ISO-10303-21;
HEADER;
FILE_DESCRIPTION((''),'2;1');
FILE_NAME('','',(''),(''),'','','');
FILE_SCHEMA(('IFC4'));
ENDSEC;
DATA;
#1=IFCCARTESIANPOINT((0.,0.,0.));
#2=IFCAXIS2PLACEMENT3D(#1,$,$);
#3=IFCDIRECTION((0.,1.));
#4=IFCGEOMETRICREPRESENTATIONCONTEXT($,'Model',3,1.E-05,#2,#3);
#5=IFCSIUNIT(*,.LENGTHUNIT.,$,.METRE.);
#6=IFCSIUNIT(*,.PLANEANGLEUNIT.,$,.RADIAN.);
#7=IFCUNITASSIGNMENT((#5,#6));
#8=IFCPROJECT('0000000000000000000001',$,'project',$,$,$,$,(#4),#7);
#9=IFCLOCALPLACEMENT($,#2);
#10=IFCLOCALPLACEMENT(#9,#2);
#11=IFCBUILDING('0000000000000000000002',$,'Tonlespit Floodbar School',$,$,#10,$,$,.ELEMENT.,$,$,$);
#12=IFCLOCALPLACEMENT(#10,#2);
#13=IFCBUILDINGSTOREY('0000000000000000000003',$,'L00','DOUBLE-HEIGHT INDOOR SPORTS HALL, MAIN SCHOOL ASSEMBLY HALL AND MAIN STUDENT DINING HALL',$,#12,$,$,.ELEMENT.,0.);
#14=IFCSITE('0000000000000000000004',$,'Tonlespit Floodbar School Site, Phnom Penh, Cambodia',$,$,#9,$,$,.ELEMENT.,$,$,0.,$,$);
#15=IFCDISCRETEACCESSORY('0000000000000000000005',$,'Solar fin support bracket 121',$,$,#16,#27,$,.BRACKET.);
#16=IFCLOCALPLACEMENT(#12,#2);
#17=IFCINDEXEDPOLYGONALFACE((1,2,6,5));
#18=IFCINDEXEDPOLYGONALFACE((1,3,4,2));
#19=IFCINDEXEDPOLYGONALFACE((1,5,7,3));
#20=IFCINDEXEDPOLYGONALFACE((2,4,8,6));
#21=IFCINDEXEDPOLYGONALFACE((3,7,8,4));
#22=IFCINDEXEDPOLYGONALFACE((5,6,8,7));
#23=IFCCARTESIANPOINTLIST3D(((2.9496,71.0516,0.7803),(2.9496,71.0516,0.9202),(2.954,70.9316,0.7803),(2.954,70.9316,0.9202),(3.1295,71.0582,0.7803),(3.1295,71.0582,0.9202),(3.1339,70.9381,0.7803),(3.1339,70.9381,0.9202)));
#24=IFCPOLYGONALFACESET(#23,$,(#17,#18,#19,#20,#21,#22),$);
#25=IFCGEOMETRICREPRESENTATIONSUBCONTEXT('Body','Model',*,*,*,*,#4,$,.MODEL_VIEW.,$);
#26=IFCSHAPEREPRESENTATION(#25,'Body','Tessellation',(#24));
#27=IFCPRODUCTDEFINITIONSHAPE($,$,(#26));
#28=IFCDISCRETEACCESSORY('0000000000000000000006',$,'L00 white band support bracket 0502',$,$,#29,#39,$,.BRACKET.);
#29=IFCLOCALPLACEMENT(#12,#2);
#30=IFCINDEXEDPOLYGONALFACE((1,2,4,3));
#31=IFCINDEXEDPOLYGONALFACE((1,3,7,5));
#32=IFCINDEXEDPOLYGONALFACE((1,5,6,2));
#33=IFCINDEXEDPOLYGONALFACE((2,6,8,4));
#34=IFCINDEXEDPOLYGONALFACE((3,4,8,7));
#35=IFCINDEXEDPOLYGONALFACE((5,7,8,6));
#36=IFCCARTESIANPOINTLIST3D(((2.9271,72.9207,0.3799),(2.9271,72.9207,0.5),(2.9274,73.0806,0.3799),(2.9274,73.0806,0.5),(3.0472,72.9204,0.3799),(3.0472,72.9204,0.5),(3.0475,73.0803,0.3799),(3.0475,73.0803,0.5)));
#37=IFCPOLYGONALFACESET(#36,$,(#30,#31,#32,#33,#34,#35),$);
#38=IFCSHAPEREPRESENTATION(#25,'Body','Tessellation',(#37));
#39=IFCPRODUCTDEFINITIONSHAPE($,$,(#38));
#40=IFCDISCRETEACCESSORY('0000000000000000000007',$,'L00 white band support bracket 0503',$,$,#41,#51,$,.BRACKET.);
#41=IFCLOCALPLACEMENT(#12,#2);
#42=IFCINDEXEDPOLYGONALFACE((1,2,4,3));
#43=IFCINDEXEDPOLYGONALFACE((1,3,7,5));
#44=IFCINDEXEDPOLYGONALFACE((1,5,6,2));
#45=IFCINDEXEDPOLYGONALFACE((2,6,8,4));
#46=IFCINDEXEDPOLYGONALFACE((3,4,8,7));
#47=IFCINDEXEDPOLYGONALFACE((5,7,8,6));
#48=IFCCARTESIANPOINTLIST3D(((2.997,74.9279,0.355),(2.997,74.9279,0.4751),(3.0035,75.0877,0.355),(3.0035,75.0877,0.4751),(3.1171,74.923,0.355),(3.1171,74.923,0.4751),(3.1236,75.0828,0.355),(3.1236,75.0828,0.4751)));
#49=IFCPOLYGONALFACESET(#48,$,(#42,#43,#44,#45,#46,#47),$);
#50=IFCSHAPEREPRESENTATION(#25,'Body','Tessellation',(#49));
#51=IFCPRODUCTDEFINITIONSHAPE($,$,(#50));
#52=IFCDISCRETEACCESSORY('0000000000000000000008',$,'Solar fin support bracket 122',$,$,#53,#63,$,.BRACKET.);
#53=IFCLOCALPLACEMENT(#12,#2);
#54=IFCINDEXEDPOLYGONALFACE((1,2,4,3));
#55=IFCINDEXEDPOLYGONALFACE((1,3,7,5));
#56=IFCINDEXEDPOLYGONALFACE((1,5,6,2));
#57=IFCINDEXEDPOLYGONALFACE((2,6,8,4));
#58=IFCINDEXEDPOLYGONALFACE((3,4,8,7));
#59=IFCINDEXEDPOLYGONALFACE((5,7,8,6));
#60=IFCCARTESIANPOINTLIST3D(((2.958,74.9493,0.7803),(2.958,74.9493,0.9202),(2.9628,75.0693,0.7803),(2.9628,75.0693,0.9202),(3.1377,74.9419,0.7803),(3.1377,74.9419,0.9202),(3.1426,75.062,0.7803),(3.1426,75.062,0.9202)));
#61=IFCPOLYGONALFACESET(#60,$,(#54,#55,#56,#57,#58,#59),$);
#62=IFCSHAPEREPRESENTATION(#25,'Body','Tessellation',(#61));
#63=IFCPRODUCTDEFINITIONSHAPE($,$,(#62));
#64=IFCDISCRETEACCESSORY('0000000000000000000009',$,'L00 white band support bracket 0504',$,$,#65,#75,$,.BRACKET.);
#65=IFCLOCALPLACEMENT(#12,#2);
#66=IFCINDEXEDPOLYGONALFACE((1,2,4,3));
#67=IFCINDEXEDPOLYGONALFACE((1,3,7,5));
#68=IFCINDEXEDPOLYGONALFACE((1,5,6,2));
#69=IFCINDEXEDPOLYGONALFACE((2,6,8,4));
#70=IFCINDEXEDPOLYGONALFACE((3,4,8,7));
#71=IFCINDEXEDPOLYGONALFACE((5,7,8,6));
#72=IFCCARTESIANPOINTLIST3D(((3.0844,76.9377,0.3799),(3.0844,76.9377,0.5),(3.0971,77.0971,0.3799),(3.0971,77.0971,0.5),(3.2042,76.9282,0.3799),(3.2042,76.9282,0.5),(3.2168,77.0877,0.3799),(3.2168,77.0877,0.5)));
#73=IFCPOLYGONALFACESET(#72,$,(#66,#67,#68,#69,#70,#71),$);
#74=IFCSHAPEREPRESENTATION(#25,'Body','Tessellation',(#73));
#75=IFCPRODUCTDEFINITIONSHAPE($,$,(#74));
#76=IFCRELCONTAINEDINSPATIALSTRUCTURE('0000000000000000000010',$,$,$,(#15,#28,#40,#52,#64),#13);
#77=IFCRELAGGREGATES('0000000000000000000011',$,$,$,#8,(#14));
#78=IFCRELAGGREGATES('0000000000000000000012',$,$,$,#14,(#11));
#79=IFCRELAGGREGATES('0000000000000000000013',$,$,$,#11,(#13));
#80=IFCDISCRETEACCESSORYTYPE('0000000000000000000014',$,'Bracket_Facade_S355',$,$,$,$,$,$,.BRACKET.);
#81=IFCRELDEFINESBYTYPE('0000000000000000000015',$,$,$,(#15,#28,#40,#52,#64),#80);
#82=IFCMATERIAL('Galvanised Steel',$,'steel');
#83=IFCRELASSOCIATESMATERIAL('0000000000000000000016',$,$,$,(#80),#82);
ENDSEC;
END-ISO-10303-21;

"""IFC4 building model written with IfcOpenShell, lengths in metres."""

from ifc_helpers import new_model, si_unit, direction, frame, origin, origin_2d, place, context, subcontext, project, spatial, rectangle, extrude, material, type_object, element, save


model = new_model("IFC4")

# Units and contexts
model_context = context("Model", 3, precision=1e-05, world=origin(), true_north=direction((0.0, 1.0)))
body_context = subcontext(model_context, "Body", "Model", "MODEL_VIEW")
ifc_project = project(units=[si_unit("LENGTHUNIT", "METRE"), si_unit("PLANEANGLEUNIT", "RADIAN")], contexts=[model_context])

# Site, building, storey
site_placement = place(None, origin())
site = spatial("IfcSite", under=ifc_project, at=site_placement, Name="Tonlespit Floodbar School Site, Phnom Penh, Cambodia", CompositionType="ELEMENT", RefElevation=0.0)
building_placement = place(site_placement, origin())
building = spatial("IfcBuilding", under=site, at=building_placement, Name="Tonlespit Floodbar School", CompositionType="ELEMENT")
storey_placement = place(building_placement, origin())
storey = spatial("IfcBuildingStorey", under=building, at=storey_placement, Name="L00", Description="DOUBLE-HEIGHT INDOOR SPORTS HALL, MAIN SCHOOL ASSEMBLY HALL AND MAIN STUDENT DINING HALL", CompositionType="ELEMENT", Elevation=0.0)

# Discrete accessories
ifc_material_1 = material(Name="Galvanised Steel", Category="steel")
discrete_accessory_type = type_object("IfcDiscreteAccessoryType", Name="Bracket_Facade_S355", PredefinedType="BRACKET", material=ifc_material_1)
discrete_accessory_1_placement = place(storey_placement, frame((3.0417, 70.9949, 0.7803), z_axis=(0.0, 0.0, 1.0), x_axis=(-0.036576, 0.999331, 0.0)))
element("IfcDiscreteAccessory", 1, at=discrete_accessory_1_placement, inside=storey, type_object=discrete_accessory_type, Name="Solar fin support bracket 121", PredefinedType="BRACKET", context=body_context, shape_type="SweptSolid", body=[
    extrude(rectangle(XDim=0.1201, YDim=0.1799, at=origin_2d()), origin(), (0.0, 0.0, 1.0), 0.1399),
])
for number, where, z_axis, x_axis, name in (
    (2, (2.9873, 73.0005, 0.3799), (0.0, 0.0, 1.0), (0.002201, 0.999998, 0.0), "L00 white band support bracket 0502"),
    (3, (3.0603, 75.0054, 0.355), (0.0, 0.0, 1.0), (0.040716, 0.999171, 0.0), "L00 white band support bracket 0503"),
):
    element("IfcDiscreteAccessory", number, at=place(storey_placement, frame(where, z_axis=z_axis, x_axis=x_axis)), inside=storey, type_object=discrete_accessory_type, Name=name, PredefinedType="BRACKET", context=body_context, shape_type="SweptSolid", body=[
        extrude(rectangle(XDim=0.1599, YDim=0.1201, at=origin_2d()), origin(), (0.0, 0.0, 1.0), 0.1201),
    ])
discrete_accessory_2_placement = place(storey_placement, frame((3.0503, 75.0056, 0.7803), z_axis=(0.0, 0.0, 1.0), x_axis=(0.040716, 0.999171, 0.0)))
element("IfcDiscreteAccessory", 4, at=discrete_accessory_2_placement, inside=storey, type_object=discrete_accessory_type, Name="Solar fin support bracket 122", PredefinedType="BRACKET", context=body_context, shape_type="SweptSolid", body=[
    extrude(rectangle(XDim=0.1201, YDim=0.1799, at=origin_2d()), origin(), (0.0, 0.0, 1.0), 0.1399),
])
discrete_accessory_3_placement = place(storey_placement, frame((3.1506, 77.0127, 0.3799), z_axis=(0.0, 0.0, 1.0), x_axis=(0.079002, 0.996874, 0.0)))
element("IfcDiscreteAccessory", 5, at=discrete_accessory_3_placement, inside=storey, type_object=discrete_accessory_type, Name="L00 white band support bracket 0504", PredefinedType="BRACKET", context=body_context, shape_type="SweptSolid", body=[
    extrude(rectangle(XDim=0.1599, YDim=0.1201, at=origin_2d()), origin(), (0.0, 0.0, 1.0), 0.1201),
])

save(model, "model.ifc")
